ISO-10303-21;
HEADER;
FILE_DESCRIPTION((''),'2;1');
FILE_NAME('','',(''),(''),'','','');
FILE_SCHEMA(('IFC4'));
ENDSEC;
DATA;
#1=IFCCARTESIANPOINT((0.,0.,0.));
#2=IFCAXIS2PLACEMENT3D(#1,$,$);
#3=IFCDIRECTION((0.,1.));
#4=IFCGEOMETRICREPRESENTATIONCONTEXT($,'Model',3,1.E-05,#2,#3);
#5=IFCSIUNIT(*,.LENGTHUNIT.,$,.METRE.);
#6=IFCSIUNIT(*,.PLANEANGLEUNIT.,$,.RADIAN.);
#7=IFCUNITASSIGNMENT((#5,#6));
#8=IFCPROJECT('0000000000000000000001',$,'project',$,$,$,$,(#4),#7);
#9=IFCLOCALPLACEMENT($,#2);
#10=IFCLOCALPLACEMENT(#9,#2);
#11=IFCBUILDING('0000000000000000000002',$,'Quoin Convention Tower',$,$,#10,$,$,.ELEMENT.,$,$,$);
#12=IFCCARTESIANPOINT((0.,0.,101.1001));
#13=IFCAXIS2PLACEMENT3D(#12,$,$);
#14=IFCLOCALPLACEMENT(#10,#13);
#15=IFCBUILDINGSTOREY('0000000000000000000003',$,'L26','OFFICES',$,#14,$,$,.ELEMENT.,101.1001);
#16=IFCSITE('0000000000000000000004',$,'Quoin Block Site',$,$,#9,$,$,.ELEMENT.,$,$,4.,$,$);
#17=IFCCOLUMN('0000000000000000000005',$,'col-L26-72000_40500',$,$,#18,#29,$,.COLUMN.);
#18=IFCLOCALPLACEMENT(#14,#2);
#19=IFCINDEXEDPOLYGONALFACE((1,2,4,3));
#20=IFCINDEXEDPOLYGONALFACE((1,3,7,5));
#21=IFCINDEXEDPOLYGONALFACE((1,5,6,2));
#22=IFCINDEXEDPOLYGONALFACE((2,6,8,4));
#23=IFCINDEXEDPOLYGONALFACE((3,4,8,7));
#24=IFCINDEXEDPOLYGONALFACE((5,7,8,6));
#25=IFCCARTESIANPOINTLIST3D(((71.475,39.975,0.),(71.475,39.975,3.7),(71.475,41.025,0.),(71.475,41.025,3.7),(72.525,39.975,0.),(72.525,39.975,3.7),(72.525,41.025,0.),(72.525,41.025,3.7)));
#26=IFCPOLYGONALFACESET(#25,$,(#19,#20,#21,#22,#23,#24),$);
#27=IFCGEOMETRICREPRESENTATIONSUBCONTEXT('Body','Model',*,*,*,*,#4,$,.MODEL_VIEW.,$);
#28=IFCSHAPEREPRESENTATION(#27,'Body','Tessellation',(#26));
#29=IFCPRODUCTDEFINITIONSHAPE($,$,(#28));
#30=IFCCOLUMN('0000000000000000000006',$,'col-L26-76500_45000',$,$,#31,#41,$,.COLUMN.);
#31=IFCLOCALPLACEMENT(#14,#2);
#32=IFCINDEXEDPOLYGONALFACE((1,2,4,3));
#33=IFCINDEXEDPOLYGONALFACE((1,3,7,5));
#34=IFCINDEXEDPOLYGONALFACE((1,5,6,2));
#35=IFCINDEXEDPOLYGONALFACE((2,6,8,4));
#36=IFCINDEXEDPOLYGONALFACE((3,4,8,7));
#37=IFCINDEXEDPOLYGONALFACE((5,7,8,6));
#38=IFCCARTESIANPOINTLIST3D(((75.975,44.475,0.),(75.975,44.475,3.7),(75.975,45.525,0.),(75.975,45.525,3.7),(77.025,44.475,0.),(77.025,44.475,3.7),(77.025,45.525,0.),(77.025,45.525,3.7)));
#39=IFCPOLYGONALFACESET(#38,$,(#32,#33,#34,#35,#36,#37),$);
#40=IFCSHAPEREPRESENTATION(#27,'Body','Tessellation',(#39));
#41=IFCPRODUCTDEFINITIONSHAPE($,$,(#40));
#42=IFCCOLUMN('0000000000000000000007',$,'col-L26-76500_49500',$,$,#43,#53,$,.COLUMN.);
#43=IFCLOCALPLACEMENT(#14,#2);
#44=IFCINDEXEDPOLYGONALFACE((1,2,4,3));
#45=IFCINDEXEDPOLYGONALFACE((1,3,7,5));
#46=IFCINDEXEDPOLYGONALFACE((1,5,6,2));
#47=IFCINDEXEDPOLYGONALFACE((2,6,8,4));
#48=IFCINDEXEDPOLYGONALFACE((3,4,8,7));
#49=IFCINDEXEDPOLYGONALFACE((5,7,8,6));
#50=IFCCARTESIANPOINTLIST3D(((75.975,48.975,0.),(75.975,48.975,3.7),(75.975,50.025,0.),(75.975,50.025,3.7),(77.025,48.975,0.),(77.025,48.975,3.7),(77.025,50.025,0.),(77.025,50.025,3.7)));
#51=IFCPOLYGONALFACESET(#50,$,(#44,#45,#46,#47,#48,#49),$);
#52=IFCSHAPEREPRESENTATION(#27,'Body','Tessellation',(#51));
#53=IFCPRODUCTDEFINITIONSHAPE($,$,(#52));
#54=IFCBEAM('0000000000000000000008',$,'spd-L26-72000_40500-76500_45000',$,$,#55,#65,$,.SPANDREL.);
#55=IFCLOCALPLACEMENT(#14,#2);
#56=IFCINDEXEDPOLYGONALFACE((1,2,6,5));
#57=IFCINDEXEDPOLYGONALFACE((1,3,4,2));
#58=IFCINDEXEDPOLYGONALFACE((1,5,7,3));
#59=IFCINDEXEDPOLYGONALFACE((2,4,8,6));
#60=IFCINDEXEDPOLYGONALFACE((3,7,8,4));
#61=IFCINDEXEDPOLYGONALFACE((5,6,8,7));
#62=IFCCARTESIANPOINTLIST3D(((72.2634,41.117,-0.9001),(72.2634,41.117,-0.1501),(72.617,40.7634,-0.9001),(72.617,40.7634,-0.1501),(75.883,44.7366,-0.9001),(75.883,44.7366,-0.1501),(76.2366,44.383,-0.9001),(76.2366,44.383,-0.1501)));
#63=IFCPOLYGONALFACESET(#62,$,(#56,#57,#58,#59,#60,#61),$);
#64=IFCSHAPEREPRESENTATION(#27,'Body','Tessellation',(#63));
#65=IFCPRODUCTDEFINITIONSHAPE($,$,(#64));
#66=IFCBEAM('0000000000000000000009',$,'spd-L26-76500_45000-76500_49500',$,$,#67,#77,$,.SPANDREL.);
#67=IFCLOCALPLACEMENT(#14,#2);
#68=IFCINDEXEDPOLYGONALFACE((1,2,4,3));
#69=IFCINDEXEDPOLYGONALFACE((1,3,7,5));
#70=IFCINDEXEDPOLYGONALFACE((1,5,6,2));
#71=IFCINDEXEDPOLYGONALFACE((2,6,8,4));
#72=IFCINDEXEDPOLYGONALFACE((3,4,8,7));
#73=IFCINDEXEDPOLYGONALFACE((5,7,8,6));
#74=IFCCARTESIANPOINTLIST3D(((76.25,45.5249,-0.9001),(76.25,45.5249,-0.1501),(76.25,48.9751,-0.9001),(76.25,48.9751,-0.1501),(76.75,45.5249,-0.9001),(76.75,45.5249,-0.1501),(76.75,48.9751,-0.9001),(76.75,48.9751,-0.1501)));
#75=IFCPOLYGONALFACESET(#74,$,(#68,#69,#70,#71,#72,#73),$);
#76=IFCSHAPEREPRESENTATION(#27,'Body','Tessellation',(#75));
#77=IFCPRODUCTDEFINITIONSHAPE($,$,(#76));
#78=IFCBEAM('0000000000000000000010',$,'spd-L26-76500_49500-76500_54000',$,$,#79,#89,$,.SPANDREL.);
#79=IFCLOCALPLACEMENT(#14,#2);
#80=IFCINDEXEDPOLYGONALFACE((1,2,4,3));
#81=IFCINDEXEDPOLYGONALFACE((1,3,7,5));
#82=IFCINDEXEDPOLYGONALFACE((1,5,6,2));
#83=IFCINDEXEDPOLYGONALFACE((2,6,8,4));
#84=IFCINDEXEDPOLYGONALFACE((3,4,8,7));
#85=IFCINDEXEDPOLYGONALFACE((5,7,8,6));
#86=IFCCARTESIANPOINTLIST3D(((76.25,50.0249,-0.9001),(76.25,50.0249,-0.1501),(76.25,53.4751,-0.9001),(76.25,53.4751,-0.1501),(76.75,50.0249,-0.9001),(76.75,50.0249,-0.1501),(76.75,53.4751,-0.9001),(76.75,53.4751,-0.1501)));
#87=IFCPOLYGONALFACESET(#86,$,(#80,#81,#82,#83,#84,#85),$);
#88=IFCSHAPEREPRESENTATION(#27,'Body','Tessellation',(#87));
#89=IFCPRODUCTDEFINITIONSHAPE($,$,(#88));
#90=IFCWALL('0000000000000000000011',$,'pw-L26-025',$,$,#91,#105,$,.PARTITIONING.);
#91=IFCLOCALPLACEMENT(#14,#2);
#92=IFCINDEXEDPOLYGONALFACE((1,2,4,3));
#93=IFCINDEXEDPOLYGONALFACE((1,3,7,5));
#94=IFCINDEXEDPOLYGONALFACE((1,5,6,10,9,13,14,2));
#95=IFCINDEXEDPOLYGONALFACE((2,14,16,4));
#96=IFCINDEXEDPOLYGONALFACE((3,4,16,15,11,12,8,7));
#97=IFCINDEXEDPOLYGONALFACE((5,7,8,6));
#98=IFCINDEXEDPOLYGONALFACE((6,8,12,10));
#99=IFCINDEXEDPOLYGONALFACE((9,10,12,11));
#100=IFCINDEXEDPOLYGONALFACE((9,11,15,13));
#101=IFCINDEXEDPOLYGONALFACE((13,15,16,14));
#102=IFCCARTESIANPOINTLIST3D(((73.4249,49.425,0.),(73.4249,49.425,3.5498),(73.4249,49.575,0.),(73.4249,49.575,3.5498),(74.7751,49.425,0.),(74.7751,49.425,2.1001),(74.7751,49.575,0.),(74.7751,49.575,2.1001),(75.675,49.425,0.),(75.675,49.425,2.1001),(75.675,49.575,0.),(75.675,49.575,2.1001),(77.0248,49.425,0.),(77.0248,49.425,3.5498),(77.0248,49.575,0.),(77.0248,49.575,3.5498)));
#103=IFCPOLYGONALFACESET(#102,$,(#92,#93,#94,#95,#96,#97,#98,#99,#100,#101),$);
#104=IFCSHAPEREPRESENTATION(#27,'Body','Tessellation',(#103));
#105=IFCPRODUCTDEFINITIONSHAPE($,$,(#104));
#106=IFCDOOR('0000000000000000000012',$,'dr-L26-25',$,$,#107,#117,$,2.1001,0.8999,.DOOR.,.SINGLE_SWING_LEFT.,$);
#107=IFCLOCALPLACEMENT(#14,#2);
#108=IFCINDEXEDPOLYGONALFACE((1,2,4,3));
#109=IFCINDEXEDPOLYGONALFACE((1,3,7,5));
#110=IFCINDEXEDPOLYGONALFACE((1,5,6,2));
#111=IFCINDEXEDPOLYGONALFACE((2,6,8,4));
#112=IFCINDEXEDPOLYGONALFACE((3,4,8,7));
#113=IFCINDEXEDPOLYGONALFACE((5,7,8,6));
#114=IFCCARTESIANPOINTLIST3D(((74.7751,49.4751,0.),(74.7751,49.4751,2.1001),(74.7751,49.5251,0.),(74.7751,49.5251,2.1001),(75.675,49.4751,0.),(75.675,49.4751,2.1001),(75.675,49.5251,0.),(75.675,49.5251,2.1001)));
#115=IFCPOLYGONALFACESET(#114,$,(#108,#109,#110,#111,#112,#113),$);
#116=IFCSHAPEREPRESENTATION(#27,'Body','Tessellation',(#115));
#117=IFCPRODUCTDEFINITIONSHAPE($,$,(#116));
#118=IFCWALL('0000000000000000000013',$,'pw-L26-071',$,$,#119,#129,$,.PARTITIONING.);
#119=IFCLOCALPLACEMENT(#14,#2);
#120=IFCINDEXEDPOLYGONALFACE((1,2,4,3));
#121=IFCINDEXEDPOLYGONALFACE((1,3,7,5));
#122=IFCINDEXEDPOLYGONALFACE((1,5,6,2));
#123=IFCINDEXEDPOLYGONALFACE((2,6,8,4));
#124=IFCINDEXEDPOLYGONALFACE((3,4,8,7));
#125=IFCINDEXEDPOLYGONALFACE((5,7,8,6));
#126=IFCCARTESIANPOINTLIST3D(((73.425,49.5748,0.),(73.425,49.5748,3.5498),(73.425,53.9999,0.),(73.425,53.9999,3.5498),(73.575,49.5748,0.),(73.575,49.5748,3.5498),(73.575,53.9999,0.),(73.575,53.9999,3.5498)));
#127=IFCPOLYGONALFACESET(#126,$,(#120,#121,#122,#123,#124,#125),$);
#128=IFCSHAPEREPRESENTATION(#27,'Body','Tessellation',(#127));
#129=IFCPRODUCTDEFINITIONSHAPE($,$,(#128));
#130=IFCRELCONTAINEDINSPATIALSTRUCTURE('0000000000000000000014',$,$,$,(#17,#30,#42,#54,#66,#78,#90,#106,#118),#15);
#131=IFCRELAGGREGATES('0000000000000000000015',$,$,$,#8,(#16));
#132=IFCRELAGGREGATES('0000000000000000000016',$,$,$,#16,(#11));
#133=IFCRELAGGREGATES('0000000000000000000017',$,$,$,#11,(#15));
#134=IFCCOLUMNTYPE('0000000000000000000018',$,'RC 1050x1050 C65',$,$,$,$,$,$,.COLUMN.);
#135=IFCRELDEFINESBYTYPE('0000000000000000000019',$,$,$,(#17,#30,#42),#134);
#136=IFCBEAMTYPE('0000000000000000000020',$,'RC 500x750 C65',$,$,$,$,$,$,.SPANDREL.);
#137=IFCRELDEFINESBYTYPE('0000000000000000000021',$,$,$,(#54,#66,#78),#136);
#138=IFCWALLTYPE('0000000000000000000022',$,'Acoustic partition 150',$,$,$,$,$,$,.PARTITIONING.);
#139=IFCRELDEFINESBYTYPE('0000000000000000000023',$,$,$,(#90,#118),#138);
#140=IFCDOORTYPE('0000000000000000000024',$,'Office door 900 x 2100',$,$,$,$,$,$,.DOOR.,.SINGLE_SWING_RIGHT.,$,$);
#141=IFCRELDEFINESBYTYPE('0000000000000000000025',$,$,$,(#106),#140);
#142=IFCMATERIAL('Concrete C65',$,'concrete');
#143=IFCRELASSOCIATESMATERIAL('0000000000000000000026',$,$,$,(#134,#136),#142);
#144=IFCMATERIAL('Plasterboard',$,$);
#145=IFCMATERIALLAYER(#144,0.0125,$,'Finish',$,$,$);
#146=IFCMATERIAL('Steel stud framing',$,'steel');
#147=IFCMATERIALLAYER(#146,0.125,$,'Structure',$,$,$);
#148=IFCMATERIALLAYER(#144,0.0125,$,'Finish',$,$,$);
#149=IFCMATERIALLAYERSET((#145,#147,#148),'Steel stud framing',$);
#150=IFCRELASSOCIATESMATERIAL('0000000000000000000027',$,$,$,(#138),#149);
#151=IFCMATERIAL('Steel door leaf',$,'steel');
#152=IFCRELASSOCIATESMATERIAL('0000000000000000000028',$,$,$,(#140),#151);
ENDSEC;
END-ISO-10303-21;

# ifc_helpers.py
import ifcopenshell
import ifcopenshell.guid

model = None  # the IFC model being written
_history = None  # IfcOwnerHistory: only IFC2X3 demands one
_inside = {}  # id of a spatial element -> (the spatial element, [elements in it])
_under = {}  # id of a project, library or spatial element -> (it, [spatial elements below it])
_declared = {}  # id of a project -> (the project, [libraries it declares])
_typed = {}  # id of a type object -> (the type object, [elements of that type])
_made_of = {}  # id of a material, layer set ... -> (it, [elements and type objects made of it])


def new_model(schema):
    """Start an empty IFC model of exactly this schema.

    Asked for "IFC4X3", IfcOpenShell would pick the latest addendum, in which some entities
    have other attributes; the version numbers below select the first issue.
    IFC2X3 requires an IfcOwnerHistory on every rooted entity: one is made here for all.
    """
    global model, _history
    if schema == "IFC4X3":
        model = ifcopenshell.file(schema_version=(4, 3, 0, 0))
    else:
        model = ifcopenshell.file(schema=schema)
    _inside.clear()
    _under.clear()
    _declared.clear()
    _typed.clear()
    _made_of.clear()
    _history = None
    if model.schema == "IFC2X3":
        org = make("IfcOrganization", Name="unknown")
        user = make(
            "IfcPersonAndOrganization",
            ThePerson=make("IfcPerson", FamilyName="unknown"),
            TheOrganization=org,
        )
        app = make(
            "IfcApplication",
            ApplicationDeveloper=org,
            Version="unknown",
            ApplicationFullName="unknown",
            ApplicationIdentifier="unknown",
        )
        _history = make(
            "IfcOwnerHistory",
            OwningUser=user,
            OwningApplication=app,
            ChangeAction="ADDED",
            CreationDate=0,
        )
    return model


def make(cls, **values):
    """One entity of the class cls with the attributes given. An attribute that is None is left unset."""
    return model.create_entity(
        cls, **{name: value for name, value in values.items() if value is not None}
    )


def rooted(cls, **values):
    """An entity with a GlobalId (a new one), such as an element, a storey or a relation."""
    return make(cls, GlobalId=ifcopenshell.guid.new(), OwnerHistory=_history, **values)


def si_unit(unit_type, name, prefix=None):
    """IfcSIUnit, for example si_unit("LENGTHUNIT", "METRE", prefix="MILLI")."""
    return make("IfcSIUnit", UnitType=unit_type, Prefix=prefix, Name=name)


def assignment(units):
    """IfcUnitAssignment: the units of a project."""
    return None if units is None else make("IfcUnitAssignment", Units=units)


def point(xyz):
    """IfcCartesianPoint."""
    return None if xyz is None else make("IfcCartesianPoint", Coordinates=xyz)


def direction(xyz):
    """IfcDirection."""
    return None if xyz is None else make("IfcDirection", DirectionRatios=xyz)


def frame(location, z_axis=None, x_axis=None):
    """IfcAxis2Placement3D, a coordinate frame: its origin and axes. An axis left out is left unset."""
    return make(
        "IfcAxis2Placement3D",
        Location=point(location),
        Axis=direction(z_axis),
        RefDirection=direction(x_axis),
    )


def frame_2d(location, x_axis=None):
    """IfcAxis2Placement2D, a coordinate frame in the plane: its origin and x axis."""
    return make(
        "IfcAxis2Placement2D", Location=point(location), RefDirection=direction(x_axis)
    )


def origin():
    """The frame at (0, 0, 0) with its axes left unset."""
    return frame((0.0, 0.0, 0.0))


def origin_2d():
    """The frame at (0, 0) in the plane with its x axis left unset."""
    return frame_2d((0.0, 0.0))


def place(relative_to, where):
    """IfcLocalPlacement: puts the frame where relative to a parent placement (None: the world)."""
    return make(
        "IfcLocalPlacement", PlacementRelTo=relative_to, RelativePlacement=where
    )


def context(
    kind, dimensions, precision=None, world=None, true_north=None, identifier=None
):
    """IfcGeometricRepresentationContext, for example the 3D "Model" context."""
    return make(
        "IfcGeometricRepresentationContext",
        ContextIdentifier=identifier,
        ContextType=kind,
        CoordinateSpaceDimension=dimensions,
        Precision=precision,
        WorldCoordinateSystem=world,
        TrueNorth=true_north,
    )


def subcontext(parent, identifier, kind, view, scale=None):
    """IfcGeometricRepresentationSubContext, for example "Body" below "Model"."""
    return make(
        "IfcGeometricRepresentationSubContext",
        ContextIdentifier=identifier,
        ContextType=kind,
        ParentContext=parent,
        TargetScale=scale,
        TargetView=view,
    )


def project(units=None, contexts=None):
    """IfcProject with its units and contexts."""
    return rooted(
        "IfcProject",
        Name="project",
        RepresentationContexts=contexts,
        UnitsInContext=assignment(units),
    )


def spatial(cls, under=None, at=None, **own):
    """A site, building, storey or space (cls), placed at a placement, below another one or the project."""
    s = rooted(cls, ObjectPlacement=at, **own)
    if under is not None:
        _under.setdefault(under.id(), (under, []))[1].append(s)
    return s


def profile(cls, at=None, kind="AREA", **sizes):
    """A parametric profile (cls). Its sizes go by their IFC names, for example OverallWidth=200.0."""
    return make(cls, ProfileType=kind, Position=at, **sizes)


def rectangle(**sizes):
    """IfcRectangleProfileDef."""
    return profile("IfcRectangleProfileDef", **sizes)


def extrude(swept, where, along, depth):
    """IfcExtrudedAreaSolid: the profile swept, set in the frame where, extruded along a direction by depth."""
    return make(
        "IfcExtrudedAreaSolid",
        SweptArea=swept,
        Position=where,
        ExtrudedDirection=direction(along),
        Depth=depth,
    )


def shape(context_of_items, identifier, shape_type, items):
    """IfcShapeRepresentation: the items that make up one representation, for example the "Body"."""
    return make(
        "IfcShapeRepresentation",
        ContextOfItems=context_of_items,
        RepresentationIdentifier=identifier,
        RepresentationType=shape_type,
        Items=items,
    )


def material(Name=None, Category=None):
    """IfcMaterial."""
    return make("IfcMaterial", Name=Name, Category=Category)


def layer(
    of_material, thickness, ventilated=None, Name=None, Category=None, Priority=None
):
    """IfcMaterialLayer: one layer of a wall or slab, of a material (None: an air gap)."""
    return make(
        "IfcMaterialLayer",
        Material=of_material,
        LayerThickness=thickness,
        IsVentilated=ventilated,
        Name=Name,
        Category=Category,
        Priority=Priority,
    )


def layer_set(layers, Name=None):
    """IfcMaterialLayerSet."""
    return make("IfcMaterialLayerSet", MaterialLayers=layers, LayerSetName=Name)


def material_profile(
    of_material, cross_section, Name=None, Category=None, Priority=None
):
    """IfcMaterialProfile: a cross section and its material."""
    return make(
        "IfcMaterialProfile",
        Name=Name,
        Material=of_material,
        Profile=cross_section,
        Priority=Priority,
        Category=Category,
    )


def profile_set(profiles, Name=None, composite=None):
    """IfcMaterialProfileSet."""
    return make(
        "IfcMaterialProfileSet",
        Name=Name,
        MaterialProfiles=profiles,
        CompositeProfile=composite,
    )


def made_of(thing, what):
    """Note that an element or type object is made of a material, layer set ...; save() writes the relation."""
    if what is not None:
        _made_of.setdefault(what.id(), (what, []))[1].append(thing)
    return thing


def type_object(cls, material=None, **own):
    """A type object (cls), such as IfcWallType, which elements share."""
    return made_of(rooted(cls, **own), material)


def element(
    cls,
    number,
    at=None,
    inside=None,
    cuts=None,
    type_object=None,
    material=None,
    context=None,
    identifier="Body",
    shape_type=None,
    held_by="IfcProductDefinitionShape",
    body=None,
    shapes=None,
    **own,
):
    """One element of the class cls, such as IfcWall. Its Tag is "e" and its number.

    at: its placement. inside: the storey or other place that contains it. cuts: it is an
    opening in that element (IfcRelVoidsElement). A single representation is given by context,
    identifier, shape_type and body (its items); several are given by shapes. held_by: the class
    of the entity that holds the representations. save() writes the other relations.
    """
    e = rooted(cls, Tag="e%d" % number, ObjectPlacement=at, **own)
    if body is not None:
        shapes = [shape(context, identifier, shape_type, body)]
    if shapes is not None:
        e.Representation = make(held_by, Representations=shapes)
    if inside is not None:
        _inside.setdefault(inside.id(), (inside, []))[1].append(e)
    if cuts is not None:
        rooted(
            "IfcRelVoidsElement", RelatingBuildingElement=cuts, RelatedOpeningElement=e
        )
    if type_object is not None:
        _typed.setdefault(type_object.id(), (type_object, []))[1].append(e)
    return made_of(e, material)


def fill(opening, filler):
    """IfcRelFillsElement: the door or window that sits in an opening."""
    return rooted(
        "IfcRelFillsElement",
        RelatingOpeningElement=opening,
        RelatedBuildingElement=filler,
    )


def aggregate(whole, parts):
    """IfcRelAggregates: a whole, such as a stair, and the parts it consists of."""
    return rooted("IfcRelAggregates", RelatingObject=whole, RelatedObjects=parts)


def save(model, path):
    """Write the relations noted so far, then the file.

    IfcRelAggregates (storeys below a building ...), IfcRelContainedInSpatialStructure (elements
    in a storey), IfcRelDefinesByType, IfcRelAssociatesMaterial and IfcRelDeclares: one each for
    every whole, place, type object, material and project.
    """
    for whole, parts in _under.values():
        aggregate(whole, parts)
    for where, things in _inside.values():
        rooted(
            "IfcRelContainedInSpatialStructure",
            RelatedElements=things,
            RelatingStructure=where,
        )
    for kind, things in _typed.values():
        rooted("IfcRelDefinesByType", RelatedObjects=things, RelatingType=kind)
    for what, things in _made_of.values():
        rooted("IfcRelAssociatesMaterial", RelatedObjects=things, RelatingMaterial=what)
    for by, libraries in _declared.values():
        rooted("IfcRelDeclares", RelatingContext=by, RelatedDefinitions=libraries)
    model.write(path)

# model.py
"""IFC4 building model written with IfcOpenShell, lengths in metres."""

from ifc_helpers import new_model, si_unit, direction, frame, frame_2d, origin, origin_2d, place, context, subcontext, project, spatial, rectangle, extrude, material, layer, layer_set, material_profile, profile_set, type_object, element, fill, save


model = new_model("IFC4")

# Units and contexts
model_context = context("Model", 3, precision=1e-05, world=origin(), true_north=direction((0.0, 1.0)))
body_context = subcontext(model_context, "Body", "Model", "MODEL_VIEW")
ifc_project = project(units=[si_unit("LENGTHUNIT", "METRE"), si_unit("PLANEANGLEUNIT", "RADIAN")], contexts=[model_context])

# Site, building, storey
site_placement = place(None, origin())
site = spatial("IfcSite", under=ifc_project, at=site_placement, Name="Quoin Block Site", CompositionType="ELEMENT", RefElevation=4.0)
building_placement = place(site_placement, origin())
building = spatial("IfcBuilding", under=site, at=building_placement, Name="Quoin Convention Tower", CompositionType="ELEMENT")
storey_placement = place(building_placement, frame((0.0, 0.0, 101.1001)))
storey = spatial("IfcBuildingStorey", under=building, at=storey_placement, Name="L26", Description="OFFICES", CompositionType="ELEMENT", Elevation=101.1001)

# Columns
ifc_material_1 = material(Name="Concrete C65", Category="concrete")
ifc_material_profile_1 = material_profile(ifc_material_1, rectangle(XDim=1.05, YDim=1.05, at=origin_2d()), Name="RC 1050x1050")
ifc_profile_set_1 = profile_set([ifc_material_profile_1], Name="Concrete C65")
column_type = type_object("IfcColumnType", Name="RC 1050x1050 C65", PredefinedType="COLUMN", material=ifc_profile_set_1)
for number, where, z_axis, x_axis, name in (
    (1, (72.0, 40.5, 0.0), (0.0, 0.0, 1.0), (1.0, 0.0, 0.0), "col-L26-72000_40500"),
    (2, (76.5, 45.0, 0.0), (0.0, 0.0, 1.0), (1.0, 0.0, 0.0), "col-L26-76500_45000"),
    (3, (76.5, 49.5, 0.0), (0.0, 0.0, 1.0), (1.0, 0.0, 0.0), "col-L26-76500_49500"),
):
    element("IfcColumn", number, at=place(storey_placement, frame(where, z_axis=z_axis, x_axis=x_axis)), inside=storey, type_object=column_type, Name=name, PredefinedType="COLUMN", context=body_context, shape_type="SweptSolid", body=[
        extrude(rectangle(XDim=1.05, YDim=1.05, at=origin_2d()), origin(), (0.0, 0.0, 1.0), 3.7),
    ])

# Beams
ifc_material_profile_2 = material_profile(ifc_material_1, rectangle(XDim=0.5, YDim=0.75, at=origin_2d()), Name="RC 500x750")
ifc_profile_set_2 = profile_set([ifc_material_profile_2], Name="Concrete C65")
beam_type = type_object("IfcBeamType", Name="RC 500x750 C65", PredefinedType="SPANDREL", material=ifc_profile_set_2)
beam_placement = place(storey_placement, frame((72.4402, 40.9402, -0.5251), z_axis=(0.707107, 0.707107, 0.0), x_axis=(-0.707107, 0.707107, 0.0)))
element("IfcBeam", 4, at=beam_placement, inside=storey, type_object=beam_type, Name="spd-L26-72000_40500-76500_45000", PredefinedType="SPANDREL", context=body_context, shape_type="SweptSolid", body=[
    extrude(rectangle(XDim=0.5, YDim=0.75, at=origin_2d()), origin(), (0.0, 0.0, 1.0), 5.1189),
])
for number, where, z_axis, x_axis, name in (
    (5, (76.5, 45.5249, -0.5251), (0.0, 1.0, 0.0), (-1.0, 0.0, 0.0), "spd-L26-76500_45000-76500_49500"),
    (6, (76.5, 50.0249, -0.5251), (0.0, 1.0, 0.0), (-1.0, 0.0, 0.0), "spd-L26-76500_49500-76500_54000"),
):
    element("IfcBeam", number, at=place(storey_placement, frame(where, z_axis=z_axis, x_axis=x_axis)), inside=storey, type_object=beam_type, Name=name, PredefinedType="SPANDREL", context=body_context, shape_type="SweptSolid", body=[
        extrude(rectangle(XDim=0.5, YDim=0.75, at=origin_2d()), origin(), (0.0, 0.0, 1.0), 3.4502),
    ])

# Wall, opening, door
ifc_material_2 = material(Name="Plasterboard")
ifc_layer_1 = layer(ifc_material_2, 0.0125, Name="Finish")
ifc_material_3 = material(Name="Steel stud framing", Category="steel")
ifc_layer_2 = layer(ifc_material_3, 0.125, Name="Structure")
ifc_layer_3 = layer(ifc_material_2, 0.0125, Name="Finish")
ifc_layer_set_1 = layer_set([ifc_layer_1, ifc_layer_2, ifc_layer_3], Name="Steel stud framing")
wall_type_1 = type_object("IfcWallType", Name="Acoustic partition 150", PredefinedType="PARTITIONING", material=ifc_layer_set_1)
wall_1_placement = place(storey_placement, frame((73.425, 49.5, 0.0), z_axis=(0.0, 0.0, 1.0), x_axis=(1.0, 0.0, 0.0)))
wall_1 = element("IfcWall", 7, at=wall_1_placement, inside=storey, type_object=wall_type_1, Name="pw-L26-025", PredefinedType="PARTITIONING", context=body_context, shape_type="SweptSolid", body=[
    extrude(rectangle(XDim=3.5999, YDim=0.1499, at=frame_2d((1.7998, 0.0))), origin(), (0.0, 0.0, 1.0), 3.5498),
])
opening_1_placement = place(wall_1_placement, frame((1.3501, 0.0, 0.0)))
opening_1 = element("IfcOpeningElement", 8, at=opening_1_placement, cuts=wall_1, PredefinedType="OPENING", context=body_context, shape_type="SweptSolid", body=[
    extrude(rectangle(XDim=0.8999, YDim=2.1001, at=frame_2d((0.45, 1.05))), frame((0.0, 0.085, 0.0), z_axis=(0.0, -1.0, 0.0), x_axis=(1.0, 0.0, 0.0)), (0.0, 0.0, 1.0), 0.1699),
])
ifc_material_4 = material(Name="Steel door leaf", Category="steel")
door_type_1 = type_object("IfcDoorType", Name="Office door 900 x 2100", OperationType="SINGLE_SWING_RIGHT", PredefinedType="DOOR", material=ifc_material_4)
door_1_placement = place(opening_1_placement, frame((0.8999, 0.0, 0.0), z_axis=(0.0, 0.0, 1.0), x_axis=(-1.0, 0.0, 0.0)))
door_1 = element("IfcDoor", 9, at=door_1_placement, inside=storey, type_object=door_type_1, Name="dr-L26-25", OperationType="SINGLE_SWING_LEFT", OverallHeight=2.1001, OverallWidth=0.8999, PredefinedType="DOOR", context=body_context, shape_type="SweptSolid", body=[
    extrude(rectangle(XDim=0.8999, YDim=2.1001, at=frame_2d((0.45, 1.05))), frame((0.0, 0.0249, 0.0), z_axis=(0.0, -1.0, 0.0), x_axis=(1.0, 0.0, 0.0)), (0.0, 0.0, 1.0), 0.05),
])
fill(opening_1, door_1)

# Wall
wall_2_placement = place(storey_placement, frame((73.5, 49.575, 0.0), z_axis=(0.0, 0.0, 1.0), x_axis=(0.0, 1.0, 0.0)))
element("IfcWall", 10, at=wall_2_placement, inside=storey, type_object=wall_type_1, Name="pw-L26-071", PredefinedType="PARTITIONING", context=body_context, shape_type="SweptSolid", body=[
    extrude(rectangle(XDim=4.425, YDim=0.1499, at=frame_2d((2.2124, 0.0))), origin(), (0.0, 0.0, 1.0), 3.5498),
])

save(model, "model.ifc")
